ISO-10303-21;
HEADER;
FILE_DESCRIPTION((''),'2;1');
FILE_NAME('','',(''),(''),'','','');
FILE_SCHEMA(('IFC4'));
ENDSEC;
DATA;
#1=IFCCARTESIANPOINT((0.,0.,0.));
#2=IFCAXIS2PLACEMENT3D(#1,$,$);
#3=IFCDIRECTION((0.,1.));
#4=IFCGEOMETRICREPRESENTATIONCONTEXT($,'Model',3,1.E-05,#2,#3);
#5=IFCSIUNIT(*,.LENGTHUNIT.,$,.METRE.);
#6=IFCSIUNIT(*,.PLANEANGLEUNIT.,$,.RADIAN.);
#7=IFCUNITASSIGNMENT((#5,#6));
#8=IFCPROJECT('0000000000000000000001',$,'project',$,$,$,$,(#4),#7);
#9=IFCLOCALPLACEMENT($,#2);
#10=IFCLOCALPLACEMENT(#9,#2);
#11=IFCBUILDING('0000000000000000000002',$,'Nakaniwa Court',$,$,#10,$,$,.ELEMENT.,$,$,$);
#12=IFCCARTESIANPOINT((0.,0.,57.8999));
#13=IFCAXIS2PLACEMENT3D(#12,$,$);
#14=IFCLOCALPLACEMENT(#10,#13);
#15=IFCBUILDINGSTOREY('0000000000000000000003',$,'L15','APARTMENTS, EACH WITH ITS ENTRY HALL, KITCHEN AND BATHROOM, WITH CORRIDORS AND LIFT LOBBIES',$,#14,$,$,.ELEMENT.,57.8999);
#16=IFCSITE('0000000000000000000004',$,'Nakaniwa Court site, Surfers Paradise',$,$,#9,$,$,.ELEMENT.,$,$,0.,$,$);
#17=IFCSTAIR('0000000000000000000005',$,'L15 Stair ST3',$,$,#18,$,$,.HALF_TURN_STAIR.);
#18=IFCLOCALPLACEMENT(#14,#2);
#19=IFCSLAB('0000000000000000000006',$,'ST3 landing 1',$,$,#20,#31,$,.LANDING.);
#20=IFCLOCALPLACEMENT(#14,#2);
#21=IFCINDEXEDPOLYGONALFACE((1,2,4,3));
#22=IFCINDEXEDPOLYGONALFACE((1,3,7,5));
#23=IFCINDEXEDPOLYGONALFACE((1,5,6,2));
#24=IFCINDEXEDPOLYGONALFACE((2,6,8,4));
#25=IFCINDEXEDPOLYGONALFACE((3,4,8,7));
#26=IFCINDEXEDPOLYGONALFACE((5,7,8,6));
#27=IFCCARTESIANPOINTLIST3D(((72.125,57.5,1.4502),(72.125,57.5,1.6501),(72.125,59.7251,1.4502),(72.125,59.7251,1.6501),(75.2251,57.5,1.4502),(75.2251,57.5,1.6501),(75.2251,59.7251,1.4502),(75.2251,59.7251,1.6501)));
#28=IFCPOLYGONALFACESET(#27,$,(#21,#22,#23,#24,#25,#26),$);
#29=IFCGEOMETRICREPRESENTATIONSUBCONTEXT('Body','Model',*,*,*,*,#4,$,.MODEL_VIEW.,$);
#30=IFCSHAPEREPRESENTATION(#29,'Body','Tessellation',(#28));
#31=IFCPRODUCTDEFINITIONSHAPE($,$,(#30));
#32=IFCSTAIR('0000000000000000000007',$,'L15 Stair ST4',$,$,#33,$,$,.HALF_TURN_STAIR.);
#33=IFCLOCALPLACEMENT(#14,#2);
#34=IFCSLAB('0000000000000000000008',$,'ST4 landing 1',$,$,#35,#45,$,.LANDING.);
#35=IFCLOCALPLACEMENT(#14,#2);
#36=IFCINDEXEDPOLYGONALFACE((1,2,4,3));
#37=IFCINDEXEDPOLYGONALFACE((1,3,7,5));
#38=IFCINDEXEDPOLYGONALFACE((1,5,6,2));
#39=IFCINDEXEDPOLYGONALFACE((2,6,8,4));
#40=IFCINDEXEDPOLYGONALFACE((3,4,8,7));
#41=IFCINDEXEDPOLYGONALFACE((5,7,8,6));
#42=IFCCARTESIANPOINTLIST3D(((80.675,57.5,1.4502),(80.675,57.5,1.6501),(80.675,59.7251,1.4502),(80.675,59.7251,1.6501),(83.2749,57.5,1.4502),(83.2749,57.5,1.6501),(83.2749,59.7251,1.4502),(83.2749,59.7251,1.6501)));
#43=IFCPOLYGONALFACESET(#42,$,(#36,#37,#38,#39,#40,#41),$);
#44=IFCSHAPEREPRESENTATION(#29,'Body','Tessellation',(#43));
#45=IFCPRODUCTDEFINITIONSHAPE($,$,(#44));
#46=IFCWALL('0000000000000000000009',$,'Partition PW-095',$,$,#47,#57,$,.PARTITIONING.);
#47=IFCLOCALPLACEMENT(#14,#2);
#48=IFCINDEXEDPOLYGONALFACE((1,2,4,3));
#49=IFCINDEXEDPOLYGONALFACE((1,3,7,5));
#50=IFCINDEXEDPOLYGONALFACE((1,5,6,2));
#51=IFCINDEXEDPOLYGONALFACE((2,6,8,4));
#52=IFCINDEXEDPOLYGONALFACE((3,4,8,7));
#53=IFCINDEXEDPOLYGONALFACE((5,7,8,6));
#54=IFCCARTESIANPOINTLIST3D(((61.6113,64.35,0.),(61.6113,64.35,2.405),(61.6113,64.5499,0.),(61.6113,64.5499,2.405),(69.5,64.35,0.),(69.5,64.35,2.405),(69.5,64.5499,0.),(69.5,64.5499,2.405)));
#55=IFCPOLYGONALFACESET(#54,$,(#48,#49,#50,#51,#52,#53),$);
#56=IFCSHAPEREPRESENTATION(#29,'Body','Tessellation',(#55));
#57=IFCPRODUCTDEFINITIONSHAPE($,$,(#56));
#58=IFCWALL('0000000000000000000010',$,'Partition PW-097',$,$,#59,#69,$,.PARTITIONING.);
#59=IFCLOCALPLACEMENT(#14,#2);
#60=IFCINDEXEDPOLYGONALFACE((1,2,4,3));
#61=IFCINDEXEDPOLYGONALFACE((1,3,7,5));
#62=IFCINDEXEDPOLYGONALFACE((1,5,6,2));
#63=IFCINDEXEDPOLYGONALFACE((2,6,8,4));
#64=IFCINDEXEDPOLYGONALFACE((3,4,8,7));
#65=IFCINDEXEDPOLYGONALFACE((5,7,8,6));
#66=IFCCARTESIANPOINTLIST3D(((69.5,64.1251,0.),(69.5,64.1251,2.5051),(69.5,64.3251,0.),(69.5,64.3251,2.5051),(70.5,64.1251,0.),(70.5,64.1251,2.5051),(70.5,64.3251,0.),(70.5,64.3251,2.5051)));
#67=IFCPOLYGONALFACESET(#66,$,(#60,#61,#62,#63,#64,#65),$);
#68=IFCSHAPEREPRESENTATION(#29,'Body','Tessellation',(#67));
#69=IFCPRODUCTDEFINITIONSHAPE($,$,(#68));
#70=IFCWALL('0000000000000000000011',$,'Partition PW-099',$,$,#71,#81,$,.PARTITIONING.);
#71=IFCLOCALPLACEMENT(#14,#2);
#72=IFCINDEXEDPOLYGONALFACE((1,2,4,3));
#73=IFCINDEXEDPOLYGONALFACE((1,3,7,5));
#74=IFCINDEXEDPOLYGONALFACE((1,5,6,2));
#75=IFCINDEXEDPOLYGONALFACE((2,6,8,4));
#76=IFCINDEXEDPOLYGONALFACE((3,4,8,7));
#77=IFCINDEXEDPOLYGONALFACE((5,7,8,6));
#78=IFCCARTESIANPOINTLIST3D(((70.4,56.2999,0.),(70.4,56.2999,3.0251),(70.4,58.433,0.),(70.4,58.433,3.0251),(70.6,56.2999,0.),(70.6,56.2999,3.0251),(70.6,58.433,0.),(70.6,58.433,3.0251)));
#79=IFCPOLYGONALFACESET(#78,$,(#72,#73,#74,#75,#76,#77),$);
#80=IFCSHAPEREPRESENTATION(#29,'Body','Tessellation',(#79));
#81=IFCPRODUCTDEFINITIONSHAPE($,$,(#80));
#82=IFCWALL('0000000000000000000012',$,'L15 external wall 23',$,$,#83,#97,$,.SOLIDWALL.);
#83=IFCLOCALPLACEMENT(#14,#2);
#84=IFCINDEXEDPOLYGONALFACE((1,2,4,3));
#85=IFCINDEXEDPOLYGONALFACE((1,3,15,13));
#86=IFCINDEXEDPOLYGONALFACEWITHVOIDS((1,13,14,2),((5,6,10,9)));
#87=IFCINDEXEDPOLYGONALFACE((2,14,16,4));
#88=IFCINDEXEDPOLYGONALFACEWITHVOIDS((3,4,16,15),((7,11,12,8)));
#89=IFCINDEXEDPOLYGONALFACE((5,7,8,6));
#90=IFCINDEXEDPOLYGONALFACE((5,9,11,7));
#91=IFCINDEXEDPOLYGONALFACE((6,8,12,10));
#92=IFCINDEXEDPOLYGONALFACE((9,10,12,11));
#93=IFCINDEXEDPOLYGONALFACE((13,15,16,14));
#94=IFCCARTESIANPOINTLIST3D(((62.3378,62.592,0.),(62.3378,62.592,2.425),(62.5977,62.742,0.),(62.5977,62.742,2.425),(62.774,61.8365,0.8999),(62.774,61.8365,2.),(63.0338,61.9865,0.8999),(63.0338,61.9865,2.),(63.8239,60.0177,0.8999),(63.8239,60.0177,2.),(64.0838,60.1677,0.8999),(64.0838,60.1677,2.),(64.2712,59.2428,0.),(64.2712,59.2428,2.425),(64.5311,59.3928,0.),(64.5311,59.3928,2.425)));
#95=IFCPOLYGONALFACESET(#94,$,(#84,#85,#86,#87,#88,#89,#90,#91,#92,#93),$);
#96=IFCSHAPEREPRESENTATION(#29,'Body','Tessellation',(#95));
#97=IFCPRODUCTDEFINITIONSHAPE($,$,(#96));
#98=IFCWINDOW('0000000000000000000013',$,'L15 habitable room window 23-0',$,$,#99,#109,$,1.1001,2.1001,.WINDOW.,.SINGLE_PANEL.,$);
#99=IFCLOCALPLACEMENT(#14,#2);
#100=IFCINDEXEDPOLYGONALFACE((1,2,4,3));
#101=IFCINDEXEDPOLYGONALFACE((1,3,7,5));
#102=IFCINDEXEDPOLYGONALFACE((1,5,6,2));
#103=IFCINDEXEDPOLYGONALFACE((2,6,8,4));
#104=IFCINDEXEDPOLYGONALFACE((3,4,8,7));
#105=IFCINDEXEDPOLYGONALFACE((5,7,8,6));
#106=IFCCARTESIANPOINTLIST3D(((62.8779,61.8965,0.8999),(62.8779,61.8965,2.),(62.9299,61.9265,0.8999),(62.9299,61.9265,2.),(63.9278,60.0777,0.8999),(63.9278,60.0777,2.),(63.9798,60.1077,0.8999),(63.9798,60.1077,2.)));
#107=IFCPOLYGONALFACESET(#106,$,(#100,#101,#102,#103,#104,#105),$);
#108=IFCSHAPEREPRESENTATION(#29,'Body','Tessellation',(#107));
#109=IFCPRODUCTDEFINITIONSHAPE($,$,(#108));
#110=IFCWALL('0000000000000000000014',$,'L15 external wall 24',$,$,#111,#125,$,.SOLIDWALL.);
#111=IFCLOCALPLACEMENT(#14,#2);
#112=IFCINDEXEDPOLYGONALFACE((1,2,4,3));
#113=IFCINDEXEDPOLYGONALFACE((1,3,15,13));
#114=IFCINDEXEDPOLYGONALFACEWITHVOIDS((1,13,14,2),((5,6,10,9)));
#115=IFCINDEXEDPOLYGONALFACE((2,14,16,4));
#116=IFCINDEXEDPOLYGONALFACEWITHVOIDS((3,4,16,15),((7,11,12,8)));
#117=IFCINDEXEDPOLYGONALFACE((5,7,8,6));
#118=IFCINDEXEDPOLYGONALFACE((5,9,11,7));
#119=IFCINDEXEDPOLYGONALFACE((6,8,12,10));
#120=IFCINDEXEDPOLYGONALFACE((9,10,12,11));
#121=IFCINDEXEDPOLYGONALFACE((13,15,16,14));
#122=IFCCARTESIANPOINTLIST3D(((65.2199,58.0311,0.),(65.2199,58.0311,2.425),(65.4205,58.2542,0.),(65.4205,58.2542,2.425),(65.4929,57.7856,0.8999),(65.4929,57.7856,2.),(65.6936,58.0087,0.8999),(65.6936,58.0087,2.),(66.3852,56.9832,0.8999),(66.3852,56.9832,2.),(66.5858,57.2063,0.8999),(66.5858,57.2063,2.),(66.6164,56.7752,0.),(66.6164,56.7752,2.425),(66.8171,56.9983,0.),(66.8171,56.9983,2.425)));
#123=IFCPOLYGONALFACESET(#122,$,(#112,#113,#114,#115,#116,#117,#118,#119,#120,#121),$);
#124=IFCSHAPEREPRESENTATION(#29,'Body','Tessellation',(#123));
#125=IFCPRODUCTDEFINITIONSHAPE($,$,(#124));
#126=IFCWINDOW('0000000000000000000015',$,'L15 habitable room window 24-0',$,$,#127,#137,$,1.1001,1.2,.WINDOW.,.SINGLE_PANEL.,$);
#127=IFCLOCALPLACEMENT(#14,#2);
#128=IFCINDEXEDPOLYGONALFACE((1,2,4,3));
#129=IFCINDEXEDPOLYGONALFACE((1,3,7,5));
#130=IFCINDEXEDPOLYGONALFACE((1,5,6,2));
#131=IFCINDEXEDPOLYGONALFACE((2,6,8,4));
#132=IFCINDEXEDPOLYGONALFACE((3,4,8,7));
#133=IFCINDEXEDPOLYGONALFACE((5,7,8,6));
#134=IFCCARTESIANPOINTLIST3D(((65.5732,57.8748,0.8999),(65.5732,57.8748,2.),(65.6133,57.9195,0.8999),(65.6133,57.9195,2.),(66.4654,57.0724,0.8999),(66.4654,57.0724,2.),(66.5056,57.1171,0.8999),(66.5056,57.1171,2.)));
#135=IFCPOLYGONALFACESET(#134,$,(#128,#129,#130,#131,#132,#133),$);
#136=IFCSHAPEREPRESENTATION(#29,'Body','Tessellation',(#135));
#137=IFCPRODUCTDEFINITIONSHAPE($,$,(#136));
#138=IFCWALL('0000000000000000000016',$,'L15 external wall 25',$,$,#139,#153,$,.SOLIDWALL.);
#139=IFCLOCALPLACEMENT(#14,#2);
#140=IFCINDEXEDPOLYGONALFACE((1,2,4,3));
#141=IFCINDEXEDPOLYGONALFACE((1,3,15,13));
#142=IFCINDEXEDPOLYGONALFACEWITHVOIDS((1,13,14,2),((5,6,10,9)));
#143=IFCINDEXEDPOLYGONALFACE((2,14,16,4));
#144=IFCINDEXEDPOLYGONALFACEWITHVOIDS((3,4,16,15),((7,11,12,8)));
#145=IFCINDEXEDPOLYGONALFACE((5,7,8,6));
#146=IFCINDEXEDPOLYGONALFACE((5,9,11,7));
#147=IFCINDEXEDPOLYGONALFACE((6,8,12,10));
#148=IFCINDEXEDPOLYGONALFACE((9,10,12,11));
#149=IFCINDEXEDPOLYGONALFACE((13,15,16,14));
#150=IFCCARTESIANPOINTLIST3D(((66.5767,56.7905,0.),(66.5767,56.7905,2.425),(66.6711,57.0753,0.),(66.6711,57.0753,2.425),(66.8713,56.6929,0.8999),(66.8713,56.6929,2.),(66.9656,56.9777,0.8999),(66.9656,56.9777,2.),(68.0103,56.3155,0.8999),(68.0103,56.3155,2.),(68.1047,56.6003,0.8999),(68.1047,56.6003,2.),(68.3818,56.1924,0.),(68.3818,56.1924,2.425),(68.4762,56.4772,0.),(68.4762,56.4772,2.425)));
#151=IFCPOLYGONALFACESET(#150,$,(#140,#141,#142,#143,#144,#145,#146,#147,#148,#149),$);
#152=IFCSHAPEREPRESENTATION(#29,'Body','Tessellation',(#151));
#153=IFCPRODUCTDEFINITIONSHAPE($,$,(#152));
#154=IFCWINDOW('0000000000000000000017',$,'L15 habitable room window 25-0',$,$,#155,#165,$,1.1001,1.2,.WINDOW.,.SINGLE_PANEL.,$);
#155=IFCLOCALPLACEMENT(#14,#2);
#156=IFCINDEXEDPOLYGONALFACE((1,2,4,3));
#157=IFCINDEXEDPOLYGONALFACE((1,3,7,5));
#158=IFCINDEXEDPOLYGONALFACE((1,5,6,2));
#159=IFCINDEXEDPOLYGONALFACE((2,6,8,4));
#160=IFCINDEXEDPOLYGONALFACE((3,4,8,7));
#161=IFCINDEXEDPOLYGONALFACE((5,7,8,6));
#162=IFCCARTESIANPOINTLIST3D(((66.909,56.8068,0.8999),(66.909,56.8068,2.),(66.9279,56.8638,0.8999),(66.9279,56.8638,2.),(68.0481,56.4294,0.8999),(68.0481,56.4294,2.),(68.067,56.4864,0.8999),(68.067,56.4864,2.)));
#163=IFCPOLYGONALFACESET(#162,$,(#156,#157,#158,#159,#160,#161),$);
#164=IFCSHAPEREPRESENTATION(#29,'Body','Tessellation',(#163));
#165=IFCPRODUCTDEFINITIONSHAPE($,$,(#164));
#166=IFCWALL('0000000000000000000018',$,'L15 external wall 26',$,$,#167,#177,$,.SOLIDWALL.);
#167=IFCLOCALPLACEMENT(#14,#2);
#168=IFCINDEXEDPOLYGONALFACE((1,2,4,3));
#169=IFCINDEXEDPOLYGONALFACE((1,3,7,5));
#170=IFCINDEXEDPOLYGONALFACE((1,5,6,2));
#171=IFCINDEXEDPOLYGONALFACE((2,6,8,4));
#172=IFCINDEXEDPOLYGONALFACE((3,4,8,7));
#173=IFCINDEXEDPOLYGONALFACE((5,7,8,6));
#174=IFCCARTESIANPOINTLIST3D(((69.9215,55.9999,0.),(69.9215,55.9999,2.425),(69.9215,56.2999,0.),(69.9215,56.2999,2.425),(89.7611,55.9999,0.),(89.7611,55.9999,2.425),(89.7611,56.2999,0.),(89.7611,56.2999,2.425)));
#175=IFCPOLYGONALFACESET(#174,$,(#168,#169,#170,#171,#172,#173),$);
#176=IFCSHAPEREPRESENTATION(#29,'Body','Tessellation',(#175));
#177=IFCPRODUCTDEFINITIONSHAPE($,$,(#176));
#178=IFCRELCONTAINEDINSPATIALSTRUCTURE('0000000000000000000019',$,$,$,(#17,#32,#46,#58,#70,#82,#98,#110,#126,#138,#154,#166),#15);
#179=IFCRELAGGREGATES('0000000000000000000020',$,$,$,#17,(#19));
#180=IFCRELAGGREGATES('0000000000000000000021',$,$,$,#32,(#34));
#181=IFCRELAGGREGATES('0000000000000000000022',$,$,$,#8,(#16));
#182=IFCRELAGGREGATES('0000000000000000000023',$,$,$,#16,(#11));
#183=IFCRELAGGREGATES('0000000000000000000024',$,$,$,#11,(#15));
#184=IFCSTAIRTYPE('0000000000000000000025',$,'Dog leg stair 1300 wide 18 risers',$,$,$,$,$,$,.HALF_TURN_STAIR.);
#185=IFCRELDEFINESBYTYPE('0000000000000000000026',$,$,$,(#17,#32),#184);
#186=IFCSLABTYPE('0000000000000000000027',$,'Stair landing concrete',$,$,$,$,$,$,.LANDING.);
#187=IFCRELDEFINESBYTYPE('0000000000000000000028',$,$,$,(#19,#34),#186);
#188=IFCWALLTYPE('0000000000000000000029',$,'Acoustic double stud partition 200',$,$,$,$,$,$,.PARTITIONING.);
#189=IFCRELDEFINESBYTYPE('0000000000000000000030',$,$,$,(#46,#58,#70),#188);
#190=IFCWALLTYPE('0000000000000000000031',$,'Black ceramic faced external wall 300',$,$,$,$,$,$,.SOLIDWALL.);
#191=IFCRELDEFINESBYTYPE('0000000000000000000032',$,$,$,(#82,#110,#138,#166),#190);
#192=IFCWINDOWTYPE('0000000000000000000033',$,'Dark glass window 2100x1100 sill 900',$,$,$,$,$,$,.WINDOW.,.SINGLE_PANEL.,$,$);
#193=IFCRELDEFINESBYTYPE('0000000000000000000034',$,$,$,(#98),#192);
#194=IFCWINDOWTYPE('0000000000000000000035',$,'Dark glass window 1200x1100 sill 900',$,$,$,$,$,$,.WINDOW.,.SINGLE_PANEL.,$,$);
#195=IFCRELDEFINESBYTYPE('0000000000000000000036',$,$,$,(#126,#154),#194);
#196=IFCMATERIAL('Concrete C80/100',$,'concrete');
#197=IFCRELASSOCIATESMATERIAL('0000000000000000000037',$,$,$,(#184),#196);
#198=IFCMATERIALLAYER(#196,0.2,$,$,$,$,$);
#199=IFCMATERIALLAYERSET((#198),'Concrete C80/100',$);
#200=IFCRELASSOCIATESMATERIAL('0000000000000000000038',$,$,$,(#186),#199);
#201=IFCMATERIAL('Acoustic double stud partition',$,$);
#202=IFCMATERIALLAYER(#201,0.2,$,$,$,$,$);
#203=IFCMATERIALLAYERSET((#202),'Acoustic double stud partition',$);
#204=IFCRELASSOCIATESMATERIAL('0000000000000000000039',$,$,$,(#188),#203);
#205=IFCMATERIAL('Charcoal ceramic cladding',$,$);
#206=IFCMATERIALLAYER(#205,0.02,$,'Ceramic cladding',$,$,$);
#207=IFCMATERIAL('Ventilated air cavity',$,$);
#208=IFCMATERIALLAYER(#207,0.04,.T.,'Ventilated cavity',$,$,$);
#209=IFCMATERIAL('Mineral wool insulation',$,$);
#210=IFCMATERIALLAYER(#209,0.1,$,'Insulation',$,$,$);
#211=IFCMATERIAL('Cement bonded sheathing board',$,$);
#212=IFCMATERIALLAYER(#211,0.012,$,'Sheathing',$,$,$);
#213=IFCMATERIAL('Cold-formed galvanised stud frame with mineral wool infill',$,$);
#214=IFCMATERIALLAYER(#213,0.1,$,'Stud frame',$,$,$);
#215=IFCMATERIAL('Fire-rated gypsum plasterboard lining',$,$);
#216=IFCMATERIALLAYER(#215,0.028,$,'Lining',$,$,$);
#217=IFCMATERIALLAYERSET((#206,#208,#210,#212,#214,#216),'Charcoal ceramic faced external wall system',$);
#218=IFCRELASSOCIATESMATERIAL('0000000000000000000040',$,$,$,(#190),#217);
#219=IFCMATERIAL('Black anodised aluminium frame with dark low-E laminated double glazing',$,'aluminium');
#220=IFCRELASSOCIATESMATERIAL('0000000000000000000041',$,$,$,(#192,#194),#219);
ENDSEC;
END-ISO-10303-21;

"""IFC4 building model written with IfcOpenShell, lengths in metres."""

from ifc_helpers import new_model, si_unit, direction, frame, frame_2d, origin, place, context, subcontext, project, spatial, polyline, rectangle, outline, extrude, material, layer, layer_set, type_object, element, fill, aggregate, save


model = new_model("IFC4")

# Units and contexts
model_context = context("Model", 3, precision=1e-05, world=origin(), true_north=direction((0.0, 1.0)))
body_context = subcontext(model_context, "Body", "Model", "MODEL_VIEW")
ifc_project = project(units=[si_unit("LENGTHUNIT", "METRE"), si_unit("PLANEANGLEUNIT", "RADIAN")], contexts=[model_context])

# Site, building, storey
site_placement = place(None, origin())
site = spatial("IfcSite", under=ifc_project, at=site_placement, Name="Nakaniwa Court site, Surfers Paradise", CompositionType="ELEMENT", RefElevation=0.0)
building_placement = place(site_placement, origin())
building = spatial("IfcBuilding", under=site, at=building_placement, Name="Nakaniwa Court", CompositionType="ELEMENT")
storey_placement = place(building_placement, frame((0.0, 0.0, 57.8999)))
storey = spatial("IfcBuildingStorey", under=building, at=storey_placement, Name="L15", Description="APARTMENTS, EACH WITH ITS ENTRY HALL, KITCHEN AND BATHROOM, WITH CORRIDORS AND LIFT LOBBIES", CompositionType="ELEMENT", Elevation=57.8999)

# Stairs, slabs
ifc_material_1 = material(Name="Concrete C80/100", Category="concrete")
stair_type = type_object("IfcStairType", Name="Dog leg stair 1300 wide 18 risers", PredefinedType="HALF_TURN_STAIR", material=ifc_material_1)
ifc_layer_1 = layer(ifc_material_1, 0.2)
ifc_layer_set_1 = layer_set([ifc_layer_1], Name="Concrete C80/100")
slab_type_1 = type_object("IfcSlabType", Name="Stair landing concrete", PredefinedType="LANDING", material=ifc_layer_set_1)
stair_1_placement = place(storey_placement, origin())
stair_1 = element("IfcStair", 1, at=stair_1_placement, inside=storey, type_object=stair_type, Name="L15 Stair ST3", PredefinedType="HALF_TURN_STAIR")
slab_1_placement = place(storey_placement, frame((0.0, 0.0, 1.4502)))
slab_1 = element("IfcSlab", 2, at=slab_1_placement, type_object=slab_type_1, Name="ST3 landing 1", PredefinedType="LANDING", context=body_context, shape_type="SweptSolid", body=[
    extrude(outline(polyline([(75.2251, 57.5), (75.2251, 59.7251), (72.125, 59.7251), (72.125, 57.5), (75.2251, 57.5)])), origin(), (0.0, 0.0, 1.0), 0.2),
])
aggregate(stair_1, [slab_1])
stair_2_placement = place(storey_placement, origin())
stair_2 = element("IfcStair", 3, at=stair_2_placement, inside=storey, type_object=stair_type, Name="L15 Stair ST4", PredefinedType="HALF_TURN_STAIR")
slab_2_placement = place(storey_placement, frame((0.0, 0.0, 1.4502)))
slab_2 = element("IfcSlab", 4, at=slab_2_placement, type_object=slab_type_1, Name="ST4 landing 1", PredefinedType="LANDING", context=body_context, shape_type="SweptSolid", body=[
    extrude(outline(polyline([(83.2749, 57.5), (83.2749, 59.7251), (80.675, 59.7251), (80.675, 57.5), (83.2749, 57.5)])), origin(), (0.0, 0.0, 1.0), 0.2),
])
aggregate(stair_2, [slab_2])

# Walls
ifc_material_2 = material(Name="Acoustic double stud partition")
ifc_layer_2 = layer(ifc_material_2, 0.2)
ifc_layer_set_2 = layer_set([ifc_layer_2], Name="Acoustic double stud partition")
wall_type_1 = type_object("IfcWallType", Name="Acoustic double stud partition 200", PredefinedType="PARTITIONING", material=ifc_layer_set_2)
wall_1_placement = place(storey_placement, frame((61.6113, 64.45, 0.0), z_axis=(0.0, 0.0, 1.0), x_axis=(1.0, 0.0, 0.0)))
element("IfcWall", 5, at=wall_1_placement, inside=storey, type_object=wall_type_1, Name="Partition PW-095", PredefinedType="PARTITIONING", context=body_context, shape_type="SweptSolid", body=[
    extrude(rectangle(XDim=7.8887, YDim=0.2, at=frame_2d((3.9443, 0.0))), origin(), (0.0, 0.0, 1.0), 2.405),
])
wall_2_placement = place(storey_placement, frame((69.5, 64.2251, 0.0), z_axis=(0.0, 0.0, 1.0), x_axis=(1.0, 0.0, 0.0)))
element("IfcWall", 6, at=wall_2_placement, inside=storey, type_object=wall_type_1, Name="Partition PW-097", PredefinedType="PARTITIONING", context=body_context, shape_type="SweptSolid", body=[
    extrude(rectangle(XDim=1.0, YDim=0.2, at=frame_2d((0.5, 0.0))), origin(), (0.0, 0.0, 1.0), 2.5051),
])
wall_3_placement = place(storey_placement, frame((70.5, 56.3, 0.0), z_axis=(0.0, 0.0, 1.0), x_axis=(0.0, 1.0, 0.0)))
element("IfcWall", 7, at=wall_3_placement, inside=storey, type_object=wall_type_1, Name="Partition PW-099", PredefinedType="PARTITIONING", context=body_context, shape_type="SweptSolid", body=[
    extrude(rectangle(XDim=2.1331, YDim=0.2, at=frame_2d((1.0664, 0.0))), origin(), (0.0, 0.0, 1.0), 3.0251),
])

# Walls, openings, windows
ifc_material_3 = material(Name="Charcoal ceramic cladding")
ifc_layer_3 = layer(ifc_material_3, 0.02, Name="Ceramic cladding")
ifc_material_4 = material(Name="Ventilated air cavity")
ifc_layer_4 = layer(ifc_material_4, 0.04, ventilated=True, Name="Ventilated cavity")
ifc_material_5 = material(Name="Mineral wool insulation")
ifc_layer_5 = layer(ifc_material_5, 0.1, Name="Insulation")
ifc_material_6 = material(Name="Cement bonded sheathing board")
ifc_layer_6 = layer(ifc_material_6, 0.012, Name="Sheathing")
ifc_material_7 = material(Name="Cold-formed galvanised stud frame with mineral wool infill")
ifc_layer_7 = layer(ifc_material_7, 0.1, Name="Stud frame")
ifc_material_8 = material(Name="Fire-rated gypsum plasterboard lining")
ifc_layer_8 = layer(ifc_material_8, 0.028, Name="Lining")
ifc_layer_set_3 = layer_set([ifc_layer_3, ifc_layer_4, ifc_layer_5, ifc_layer_6, ifc_layer_7, ifc_layer_8], Name="Charcoal ceramic faced external wall system")
wall_type_2 = type_object("IfcWallType", Name="Black ceramic faced external wall 300", PredefinedType="SOLIDWALL", material=ifc_layer_set_3)
wall_4_placement = place(storey_placement, frame((62.4678, 62.667, 0.0), z_axis=(0.0, 0.0, 1.0), x_axis=(0.499948, -0.866055, 0.0)))
wall_4 = element("IfcWall", 8, at=wall_4_placement, inside=storey, type_object=wall_type_2, Name="L15 external wall 23", PredefinedType="SOLIDWALL", context=body_context, shape_type="SweptSolid", body=[
    extrude(rectangle(XDim=3.8672, YDim=0.3, at=frame_2d((1.9336, 0.0))), origin(), (0.0, 0.0, 1.0), 2.425),
])
opening_1_placement = place(wall_4_placement, frame((0.8723, 0.0, 0.8999)))
opening_1 = element("IfcOpeningElement", 9, at=opening_1_placement, cuts=wall_4, PredefinedType="OPENING", context=body_context, shape_type="SweptSolid", body=[
    extrude(rectangle(XDim=2.1001, YDim=1.1001, at=frame_2d((1.05, 0.55))), frame((0.0, 0.1599, 0.0), z_axis=(0.0, -1.0, 0.0), x_axis=(1.0, 0.0, 0.0)), (0.0, 0.0, 1.0), 0.3201),
])
ifc_material_9 = material(Name="Black anodised aluminium frame with dark low-E laminated double glazing", Category="aluminium")
window_type_1 = type_object("IfcWindowType", Name="Dark glass window 2100x1100 sill 900", PartitioningType="SINGLE_PANEL", PredefinedType="WINDOW", material=ifc_material_9)
window_1_placement = place(opening_1_placement, origin())
window_1 = element("IfcWindow", 10, at=window_1_placement, inside=storey, type_object=window_type_1, Name="L15 habitable room window 23-0", OverallHeight=1.1001, OverallWidth=2.1001, PartitioningType="SINGLE_PANEL", PredefinedType="WINDOW", context=body_context, shape_type="SweptSolid", body=[
    extrude(rectangle(XDim=2.1001, YDim=1.1001, at=frame_2d((1.05, 0.55))), frame((0.0, 0.03, 0.0), z_axis=(0.0, -1.0, 0.0), x_axis=(1.0, 0.0, 0.0)), (0.0, 0.0, 1.0), 0.0601),
])
fill(opening_1, window_1)
wall_5_placement = place(storey_placement, frame((65.3203, 58.1426, 0.0), z_axis=(0.0, 0.0, 1.0), x_axis=(0.743553, -0.668677, 0.0)))
wall_5 = element("IfcWall", 11, at=wall_5_placement, inside=storey, type_object=wall_type_2, Name="L15 external wall 24", PredefinedType="SOLIDWALL", context=body_context, shape_type="SweptSolid", body=[
    extrude(rectangle(XDim=1.8782, YDim=0.3, at=frame_2d((0.939, 0.0))), origin(), (0.0, 0.0, 1.0), 2.425),
])
opening_2_placement = place(wall_5_placement, frame((0.3669, 0.0, 0.8999)))
opening_2 = element("IfcOpeningElement", 12, at=opening_2_placement, cuts=wall_5, PredefinedType="OPENING", context=body_context, shape_type="SweptSolid", body=[
    extrude(rectangle(XDim=1.2, YDim=1.1001, at=frame_2d((0.6001, 0.55))), frame((0.0, 0.1599, 0.0), z_axis=(0.0, -1.0, 0.0), x_axis=(1.0, 0.0, 0.0)), (0.0, 0.0, 1.0), 0.3201),
])
window_type_2 = type_object("IfcWindowType", Name="Dark glass window 1200x1100 sill 900", PartitioningType="SINGLE_PANEL", PredefinedType="WINDOW", material=ifc_material_9)
window_2_placement = place(opening_2_placement, origin())
window_2 = element("IfcWindow", 13, at=window_2_placement, inside=storey, type_object=window_type_2, Name="L15 habitable room window 24-0", OverallHeight=1.1001, OverallWidth=1.2, PartitioningType="SINGLE_PANEL", PredefinedType="WINDOW", context=body_context, shape_type="SweptSolid", body=[
    extrude(rectangle(XDim=1.2, YDim=1.1001, at=frame_2d((0.6001, 0.55))), frame((0.0, 0.03, 0.0), z_axis=(0.0, -1.0, 0.0), x_axis=(1.0, 0.0, 0.0)), (0.0, 0.0, 1.0), 0.0601),
])
fill(opening_2, window_2)
wall_6_placement = place(storey_placement, frame((66.624, 56.9329, 0.0), z_axis=(0.0, 0.0, 1.0), x_axis=(0.949247, -0.314533, 0.0)))
wall_6 = element("IfcWall", 14, at=wall_6_placement, inside=storey, type_object=wall_type_2, Name="L15 external wall 25", PredefinedType="SOLIDWALL", context=body_context, shape_type="SweptSolid", body=[
    extrude(rectangle(XDim=1.9016, YDim=0.3, at=frame_2d((0.9507, 0.0))), origin(), (0.0, 0.0, 1.0), 2.425),
])
opening_3_placement = place(wall_6_placement, frame((0.3101, 0.0, 0.8999)))
opening_3 = element("IfcOpeningElement", 15, at=opening_3_placement, cuts=wall_6, PredefinedType="OPENING", context=body_context, shape_type="SweptSolid", body=[
    extrude(rectangle(XDim=1.2, YDim=1.1001, at=frame_2d((0.6001, 0.55))), frame((0.0, 0.1599, 0.0), z_axis=(0.0, -1.0, 0.0), x_axis=(1.0, 0.0, 0.0)), (0.0, 0.0, 1.0), 0.3201),
])
window_3_placement = place(opening_3_placement, origin())
window_3 = element("IfcWindow", 16, at=window_3_placement, inside=storey, type_object=window_type_2, Name="L15 habitable room window 25-0", OverallHeight=1.1001, OverallWidth=1.2, PartitioningType="SINGLE_PANEL", PredefinedType="WINDOW", context=body_context, shape_type="SweptSolid", body=[
    extrude(rectangle(XDim=1.2, YDim=1.1001, at=frame_2d((0.6001, 0.55))), frame((0.0, 0.03, 0.0), z_axis=(0.0, -1.0, 0.0), x_axis=(1.0, 0.0, 0.0)), (0.0, 0.0, 1.0), 0.0601),
])
fill(opening_3, window_3)

# Wall
wall_7_placement = place(storey_placement, frame((69.9214, 56.1499, 0.0), z_axis=(0.0, 0.0, 1.0), x_axis=(1.0, 0.0, 0.0)))
element("IfcWall", 17, at=wall_7_placement, inside=storey, type_object=wall_type_2, Name="L15 external wall 26", PredefinedType="SOLIDWALL", context=body_context, shape_type="SweptSolid", body=[
    extrude(rectangle(XDim=19.8396, YDim=0.3, at=frame_2d((9.9199, 0.0))), origin(), (0.0, 0.0, 1.0), 2.425),
])

save(model, "model.ifc")
